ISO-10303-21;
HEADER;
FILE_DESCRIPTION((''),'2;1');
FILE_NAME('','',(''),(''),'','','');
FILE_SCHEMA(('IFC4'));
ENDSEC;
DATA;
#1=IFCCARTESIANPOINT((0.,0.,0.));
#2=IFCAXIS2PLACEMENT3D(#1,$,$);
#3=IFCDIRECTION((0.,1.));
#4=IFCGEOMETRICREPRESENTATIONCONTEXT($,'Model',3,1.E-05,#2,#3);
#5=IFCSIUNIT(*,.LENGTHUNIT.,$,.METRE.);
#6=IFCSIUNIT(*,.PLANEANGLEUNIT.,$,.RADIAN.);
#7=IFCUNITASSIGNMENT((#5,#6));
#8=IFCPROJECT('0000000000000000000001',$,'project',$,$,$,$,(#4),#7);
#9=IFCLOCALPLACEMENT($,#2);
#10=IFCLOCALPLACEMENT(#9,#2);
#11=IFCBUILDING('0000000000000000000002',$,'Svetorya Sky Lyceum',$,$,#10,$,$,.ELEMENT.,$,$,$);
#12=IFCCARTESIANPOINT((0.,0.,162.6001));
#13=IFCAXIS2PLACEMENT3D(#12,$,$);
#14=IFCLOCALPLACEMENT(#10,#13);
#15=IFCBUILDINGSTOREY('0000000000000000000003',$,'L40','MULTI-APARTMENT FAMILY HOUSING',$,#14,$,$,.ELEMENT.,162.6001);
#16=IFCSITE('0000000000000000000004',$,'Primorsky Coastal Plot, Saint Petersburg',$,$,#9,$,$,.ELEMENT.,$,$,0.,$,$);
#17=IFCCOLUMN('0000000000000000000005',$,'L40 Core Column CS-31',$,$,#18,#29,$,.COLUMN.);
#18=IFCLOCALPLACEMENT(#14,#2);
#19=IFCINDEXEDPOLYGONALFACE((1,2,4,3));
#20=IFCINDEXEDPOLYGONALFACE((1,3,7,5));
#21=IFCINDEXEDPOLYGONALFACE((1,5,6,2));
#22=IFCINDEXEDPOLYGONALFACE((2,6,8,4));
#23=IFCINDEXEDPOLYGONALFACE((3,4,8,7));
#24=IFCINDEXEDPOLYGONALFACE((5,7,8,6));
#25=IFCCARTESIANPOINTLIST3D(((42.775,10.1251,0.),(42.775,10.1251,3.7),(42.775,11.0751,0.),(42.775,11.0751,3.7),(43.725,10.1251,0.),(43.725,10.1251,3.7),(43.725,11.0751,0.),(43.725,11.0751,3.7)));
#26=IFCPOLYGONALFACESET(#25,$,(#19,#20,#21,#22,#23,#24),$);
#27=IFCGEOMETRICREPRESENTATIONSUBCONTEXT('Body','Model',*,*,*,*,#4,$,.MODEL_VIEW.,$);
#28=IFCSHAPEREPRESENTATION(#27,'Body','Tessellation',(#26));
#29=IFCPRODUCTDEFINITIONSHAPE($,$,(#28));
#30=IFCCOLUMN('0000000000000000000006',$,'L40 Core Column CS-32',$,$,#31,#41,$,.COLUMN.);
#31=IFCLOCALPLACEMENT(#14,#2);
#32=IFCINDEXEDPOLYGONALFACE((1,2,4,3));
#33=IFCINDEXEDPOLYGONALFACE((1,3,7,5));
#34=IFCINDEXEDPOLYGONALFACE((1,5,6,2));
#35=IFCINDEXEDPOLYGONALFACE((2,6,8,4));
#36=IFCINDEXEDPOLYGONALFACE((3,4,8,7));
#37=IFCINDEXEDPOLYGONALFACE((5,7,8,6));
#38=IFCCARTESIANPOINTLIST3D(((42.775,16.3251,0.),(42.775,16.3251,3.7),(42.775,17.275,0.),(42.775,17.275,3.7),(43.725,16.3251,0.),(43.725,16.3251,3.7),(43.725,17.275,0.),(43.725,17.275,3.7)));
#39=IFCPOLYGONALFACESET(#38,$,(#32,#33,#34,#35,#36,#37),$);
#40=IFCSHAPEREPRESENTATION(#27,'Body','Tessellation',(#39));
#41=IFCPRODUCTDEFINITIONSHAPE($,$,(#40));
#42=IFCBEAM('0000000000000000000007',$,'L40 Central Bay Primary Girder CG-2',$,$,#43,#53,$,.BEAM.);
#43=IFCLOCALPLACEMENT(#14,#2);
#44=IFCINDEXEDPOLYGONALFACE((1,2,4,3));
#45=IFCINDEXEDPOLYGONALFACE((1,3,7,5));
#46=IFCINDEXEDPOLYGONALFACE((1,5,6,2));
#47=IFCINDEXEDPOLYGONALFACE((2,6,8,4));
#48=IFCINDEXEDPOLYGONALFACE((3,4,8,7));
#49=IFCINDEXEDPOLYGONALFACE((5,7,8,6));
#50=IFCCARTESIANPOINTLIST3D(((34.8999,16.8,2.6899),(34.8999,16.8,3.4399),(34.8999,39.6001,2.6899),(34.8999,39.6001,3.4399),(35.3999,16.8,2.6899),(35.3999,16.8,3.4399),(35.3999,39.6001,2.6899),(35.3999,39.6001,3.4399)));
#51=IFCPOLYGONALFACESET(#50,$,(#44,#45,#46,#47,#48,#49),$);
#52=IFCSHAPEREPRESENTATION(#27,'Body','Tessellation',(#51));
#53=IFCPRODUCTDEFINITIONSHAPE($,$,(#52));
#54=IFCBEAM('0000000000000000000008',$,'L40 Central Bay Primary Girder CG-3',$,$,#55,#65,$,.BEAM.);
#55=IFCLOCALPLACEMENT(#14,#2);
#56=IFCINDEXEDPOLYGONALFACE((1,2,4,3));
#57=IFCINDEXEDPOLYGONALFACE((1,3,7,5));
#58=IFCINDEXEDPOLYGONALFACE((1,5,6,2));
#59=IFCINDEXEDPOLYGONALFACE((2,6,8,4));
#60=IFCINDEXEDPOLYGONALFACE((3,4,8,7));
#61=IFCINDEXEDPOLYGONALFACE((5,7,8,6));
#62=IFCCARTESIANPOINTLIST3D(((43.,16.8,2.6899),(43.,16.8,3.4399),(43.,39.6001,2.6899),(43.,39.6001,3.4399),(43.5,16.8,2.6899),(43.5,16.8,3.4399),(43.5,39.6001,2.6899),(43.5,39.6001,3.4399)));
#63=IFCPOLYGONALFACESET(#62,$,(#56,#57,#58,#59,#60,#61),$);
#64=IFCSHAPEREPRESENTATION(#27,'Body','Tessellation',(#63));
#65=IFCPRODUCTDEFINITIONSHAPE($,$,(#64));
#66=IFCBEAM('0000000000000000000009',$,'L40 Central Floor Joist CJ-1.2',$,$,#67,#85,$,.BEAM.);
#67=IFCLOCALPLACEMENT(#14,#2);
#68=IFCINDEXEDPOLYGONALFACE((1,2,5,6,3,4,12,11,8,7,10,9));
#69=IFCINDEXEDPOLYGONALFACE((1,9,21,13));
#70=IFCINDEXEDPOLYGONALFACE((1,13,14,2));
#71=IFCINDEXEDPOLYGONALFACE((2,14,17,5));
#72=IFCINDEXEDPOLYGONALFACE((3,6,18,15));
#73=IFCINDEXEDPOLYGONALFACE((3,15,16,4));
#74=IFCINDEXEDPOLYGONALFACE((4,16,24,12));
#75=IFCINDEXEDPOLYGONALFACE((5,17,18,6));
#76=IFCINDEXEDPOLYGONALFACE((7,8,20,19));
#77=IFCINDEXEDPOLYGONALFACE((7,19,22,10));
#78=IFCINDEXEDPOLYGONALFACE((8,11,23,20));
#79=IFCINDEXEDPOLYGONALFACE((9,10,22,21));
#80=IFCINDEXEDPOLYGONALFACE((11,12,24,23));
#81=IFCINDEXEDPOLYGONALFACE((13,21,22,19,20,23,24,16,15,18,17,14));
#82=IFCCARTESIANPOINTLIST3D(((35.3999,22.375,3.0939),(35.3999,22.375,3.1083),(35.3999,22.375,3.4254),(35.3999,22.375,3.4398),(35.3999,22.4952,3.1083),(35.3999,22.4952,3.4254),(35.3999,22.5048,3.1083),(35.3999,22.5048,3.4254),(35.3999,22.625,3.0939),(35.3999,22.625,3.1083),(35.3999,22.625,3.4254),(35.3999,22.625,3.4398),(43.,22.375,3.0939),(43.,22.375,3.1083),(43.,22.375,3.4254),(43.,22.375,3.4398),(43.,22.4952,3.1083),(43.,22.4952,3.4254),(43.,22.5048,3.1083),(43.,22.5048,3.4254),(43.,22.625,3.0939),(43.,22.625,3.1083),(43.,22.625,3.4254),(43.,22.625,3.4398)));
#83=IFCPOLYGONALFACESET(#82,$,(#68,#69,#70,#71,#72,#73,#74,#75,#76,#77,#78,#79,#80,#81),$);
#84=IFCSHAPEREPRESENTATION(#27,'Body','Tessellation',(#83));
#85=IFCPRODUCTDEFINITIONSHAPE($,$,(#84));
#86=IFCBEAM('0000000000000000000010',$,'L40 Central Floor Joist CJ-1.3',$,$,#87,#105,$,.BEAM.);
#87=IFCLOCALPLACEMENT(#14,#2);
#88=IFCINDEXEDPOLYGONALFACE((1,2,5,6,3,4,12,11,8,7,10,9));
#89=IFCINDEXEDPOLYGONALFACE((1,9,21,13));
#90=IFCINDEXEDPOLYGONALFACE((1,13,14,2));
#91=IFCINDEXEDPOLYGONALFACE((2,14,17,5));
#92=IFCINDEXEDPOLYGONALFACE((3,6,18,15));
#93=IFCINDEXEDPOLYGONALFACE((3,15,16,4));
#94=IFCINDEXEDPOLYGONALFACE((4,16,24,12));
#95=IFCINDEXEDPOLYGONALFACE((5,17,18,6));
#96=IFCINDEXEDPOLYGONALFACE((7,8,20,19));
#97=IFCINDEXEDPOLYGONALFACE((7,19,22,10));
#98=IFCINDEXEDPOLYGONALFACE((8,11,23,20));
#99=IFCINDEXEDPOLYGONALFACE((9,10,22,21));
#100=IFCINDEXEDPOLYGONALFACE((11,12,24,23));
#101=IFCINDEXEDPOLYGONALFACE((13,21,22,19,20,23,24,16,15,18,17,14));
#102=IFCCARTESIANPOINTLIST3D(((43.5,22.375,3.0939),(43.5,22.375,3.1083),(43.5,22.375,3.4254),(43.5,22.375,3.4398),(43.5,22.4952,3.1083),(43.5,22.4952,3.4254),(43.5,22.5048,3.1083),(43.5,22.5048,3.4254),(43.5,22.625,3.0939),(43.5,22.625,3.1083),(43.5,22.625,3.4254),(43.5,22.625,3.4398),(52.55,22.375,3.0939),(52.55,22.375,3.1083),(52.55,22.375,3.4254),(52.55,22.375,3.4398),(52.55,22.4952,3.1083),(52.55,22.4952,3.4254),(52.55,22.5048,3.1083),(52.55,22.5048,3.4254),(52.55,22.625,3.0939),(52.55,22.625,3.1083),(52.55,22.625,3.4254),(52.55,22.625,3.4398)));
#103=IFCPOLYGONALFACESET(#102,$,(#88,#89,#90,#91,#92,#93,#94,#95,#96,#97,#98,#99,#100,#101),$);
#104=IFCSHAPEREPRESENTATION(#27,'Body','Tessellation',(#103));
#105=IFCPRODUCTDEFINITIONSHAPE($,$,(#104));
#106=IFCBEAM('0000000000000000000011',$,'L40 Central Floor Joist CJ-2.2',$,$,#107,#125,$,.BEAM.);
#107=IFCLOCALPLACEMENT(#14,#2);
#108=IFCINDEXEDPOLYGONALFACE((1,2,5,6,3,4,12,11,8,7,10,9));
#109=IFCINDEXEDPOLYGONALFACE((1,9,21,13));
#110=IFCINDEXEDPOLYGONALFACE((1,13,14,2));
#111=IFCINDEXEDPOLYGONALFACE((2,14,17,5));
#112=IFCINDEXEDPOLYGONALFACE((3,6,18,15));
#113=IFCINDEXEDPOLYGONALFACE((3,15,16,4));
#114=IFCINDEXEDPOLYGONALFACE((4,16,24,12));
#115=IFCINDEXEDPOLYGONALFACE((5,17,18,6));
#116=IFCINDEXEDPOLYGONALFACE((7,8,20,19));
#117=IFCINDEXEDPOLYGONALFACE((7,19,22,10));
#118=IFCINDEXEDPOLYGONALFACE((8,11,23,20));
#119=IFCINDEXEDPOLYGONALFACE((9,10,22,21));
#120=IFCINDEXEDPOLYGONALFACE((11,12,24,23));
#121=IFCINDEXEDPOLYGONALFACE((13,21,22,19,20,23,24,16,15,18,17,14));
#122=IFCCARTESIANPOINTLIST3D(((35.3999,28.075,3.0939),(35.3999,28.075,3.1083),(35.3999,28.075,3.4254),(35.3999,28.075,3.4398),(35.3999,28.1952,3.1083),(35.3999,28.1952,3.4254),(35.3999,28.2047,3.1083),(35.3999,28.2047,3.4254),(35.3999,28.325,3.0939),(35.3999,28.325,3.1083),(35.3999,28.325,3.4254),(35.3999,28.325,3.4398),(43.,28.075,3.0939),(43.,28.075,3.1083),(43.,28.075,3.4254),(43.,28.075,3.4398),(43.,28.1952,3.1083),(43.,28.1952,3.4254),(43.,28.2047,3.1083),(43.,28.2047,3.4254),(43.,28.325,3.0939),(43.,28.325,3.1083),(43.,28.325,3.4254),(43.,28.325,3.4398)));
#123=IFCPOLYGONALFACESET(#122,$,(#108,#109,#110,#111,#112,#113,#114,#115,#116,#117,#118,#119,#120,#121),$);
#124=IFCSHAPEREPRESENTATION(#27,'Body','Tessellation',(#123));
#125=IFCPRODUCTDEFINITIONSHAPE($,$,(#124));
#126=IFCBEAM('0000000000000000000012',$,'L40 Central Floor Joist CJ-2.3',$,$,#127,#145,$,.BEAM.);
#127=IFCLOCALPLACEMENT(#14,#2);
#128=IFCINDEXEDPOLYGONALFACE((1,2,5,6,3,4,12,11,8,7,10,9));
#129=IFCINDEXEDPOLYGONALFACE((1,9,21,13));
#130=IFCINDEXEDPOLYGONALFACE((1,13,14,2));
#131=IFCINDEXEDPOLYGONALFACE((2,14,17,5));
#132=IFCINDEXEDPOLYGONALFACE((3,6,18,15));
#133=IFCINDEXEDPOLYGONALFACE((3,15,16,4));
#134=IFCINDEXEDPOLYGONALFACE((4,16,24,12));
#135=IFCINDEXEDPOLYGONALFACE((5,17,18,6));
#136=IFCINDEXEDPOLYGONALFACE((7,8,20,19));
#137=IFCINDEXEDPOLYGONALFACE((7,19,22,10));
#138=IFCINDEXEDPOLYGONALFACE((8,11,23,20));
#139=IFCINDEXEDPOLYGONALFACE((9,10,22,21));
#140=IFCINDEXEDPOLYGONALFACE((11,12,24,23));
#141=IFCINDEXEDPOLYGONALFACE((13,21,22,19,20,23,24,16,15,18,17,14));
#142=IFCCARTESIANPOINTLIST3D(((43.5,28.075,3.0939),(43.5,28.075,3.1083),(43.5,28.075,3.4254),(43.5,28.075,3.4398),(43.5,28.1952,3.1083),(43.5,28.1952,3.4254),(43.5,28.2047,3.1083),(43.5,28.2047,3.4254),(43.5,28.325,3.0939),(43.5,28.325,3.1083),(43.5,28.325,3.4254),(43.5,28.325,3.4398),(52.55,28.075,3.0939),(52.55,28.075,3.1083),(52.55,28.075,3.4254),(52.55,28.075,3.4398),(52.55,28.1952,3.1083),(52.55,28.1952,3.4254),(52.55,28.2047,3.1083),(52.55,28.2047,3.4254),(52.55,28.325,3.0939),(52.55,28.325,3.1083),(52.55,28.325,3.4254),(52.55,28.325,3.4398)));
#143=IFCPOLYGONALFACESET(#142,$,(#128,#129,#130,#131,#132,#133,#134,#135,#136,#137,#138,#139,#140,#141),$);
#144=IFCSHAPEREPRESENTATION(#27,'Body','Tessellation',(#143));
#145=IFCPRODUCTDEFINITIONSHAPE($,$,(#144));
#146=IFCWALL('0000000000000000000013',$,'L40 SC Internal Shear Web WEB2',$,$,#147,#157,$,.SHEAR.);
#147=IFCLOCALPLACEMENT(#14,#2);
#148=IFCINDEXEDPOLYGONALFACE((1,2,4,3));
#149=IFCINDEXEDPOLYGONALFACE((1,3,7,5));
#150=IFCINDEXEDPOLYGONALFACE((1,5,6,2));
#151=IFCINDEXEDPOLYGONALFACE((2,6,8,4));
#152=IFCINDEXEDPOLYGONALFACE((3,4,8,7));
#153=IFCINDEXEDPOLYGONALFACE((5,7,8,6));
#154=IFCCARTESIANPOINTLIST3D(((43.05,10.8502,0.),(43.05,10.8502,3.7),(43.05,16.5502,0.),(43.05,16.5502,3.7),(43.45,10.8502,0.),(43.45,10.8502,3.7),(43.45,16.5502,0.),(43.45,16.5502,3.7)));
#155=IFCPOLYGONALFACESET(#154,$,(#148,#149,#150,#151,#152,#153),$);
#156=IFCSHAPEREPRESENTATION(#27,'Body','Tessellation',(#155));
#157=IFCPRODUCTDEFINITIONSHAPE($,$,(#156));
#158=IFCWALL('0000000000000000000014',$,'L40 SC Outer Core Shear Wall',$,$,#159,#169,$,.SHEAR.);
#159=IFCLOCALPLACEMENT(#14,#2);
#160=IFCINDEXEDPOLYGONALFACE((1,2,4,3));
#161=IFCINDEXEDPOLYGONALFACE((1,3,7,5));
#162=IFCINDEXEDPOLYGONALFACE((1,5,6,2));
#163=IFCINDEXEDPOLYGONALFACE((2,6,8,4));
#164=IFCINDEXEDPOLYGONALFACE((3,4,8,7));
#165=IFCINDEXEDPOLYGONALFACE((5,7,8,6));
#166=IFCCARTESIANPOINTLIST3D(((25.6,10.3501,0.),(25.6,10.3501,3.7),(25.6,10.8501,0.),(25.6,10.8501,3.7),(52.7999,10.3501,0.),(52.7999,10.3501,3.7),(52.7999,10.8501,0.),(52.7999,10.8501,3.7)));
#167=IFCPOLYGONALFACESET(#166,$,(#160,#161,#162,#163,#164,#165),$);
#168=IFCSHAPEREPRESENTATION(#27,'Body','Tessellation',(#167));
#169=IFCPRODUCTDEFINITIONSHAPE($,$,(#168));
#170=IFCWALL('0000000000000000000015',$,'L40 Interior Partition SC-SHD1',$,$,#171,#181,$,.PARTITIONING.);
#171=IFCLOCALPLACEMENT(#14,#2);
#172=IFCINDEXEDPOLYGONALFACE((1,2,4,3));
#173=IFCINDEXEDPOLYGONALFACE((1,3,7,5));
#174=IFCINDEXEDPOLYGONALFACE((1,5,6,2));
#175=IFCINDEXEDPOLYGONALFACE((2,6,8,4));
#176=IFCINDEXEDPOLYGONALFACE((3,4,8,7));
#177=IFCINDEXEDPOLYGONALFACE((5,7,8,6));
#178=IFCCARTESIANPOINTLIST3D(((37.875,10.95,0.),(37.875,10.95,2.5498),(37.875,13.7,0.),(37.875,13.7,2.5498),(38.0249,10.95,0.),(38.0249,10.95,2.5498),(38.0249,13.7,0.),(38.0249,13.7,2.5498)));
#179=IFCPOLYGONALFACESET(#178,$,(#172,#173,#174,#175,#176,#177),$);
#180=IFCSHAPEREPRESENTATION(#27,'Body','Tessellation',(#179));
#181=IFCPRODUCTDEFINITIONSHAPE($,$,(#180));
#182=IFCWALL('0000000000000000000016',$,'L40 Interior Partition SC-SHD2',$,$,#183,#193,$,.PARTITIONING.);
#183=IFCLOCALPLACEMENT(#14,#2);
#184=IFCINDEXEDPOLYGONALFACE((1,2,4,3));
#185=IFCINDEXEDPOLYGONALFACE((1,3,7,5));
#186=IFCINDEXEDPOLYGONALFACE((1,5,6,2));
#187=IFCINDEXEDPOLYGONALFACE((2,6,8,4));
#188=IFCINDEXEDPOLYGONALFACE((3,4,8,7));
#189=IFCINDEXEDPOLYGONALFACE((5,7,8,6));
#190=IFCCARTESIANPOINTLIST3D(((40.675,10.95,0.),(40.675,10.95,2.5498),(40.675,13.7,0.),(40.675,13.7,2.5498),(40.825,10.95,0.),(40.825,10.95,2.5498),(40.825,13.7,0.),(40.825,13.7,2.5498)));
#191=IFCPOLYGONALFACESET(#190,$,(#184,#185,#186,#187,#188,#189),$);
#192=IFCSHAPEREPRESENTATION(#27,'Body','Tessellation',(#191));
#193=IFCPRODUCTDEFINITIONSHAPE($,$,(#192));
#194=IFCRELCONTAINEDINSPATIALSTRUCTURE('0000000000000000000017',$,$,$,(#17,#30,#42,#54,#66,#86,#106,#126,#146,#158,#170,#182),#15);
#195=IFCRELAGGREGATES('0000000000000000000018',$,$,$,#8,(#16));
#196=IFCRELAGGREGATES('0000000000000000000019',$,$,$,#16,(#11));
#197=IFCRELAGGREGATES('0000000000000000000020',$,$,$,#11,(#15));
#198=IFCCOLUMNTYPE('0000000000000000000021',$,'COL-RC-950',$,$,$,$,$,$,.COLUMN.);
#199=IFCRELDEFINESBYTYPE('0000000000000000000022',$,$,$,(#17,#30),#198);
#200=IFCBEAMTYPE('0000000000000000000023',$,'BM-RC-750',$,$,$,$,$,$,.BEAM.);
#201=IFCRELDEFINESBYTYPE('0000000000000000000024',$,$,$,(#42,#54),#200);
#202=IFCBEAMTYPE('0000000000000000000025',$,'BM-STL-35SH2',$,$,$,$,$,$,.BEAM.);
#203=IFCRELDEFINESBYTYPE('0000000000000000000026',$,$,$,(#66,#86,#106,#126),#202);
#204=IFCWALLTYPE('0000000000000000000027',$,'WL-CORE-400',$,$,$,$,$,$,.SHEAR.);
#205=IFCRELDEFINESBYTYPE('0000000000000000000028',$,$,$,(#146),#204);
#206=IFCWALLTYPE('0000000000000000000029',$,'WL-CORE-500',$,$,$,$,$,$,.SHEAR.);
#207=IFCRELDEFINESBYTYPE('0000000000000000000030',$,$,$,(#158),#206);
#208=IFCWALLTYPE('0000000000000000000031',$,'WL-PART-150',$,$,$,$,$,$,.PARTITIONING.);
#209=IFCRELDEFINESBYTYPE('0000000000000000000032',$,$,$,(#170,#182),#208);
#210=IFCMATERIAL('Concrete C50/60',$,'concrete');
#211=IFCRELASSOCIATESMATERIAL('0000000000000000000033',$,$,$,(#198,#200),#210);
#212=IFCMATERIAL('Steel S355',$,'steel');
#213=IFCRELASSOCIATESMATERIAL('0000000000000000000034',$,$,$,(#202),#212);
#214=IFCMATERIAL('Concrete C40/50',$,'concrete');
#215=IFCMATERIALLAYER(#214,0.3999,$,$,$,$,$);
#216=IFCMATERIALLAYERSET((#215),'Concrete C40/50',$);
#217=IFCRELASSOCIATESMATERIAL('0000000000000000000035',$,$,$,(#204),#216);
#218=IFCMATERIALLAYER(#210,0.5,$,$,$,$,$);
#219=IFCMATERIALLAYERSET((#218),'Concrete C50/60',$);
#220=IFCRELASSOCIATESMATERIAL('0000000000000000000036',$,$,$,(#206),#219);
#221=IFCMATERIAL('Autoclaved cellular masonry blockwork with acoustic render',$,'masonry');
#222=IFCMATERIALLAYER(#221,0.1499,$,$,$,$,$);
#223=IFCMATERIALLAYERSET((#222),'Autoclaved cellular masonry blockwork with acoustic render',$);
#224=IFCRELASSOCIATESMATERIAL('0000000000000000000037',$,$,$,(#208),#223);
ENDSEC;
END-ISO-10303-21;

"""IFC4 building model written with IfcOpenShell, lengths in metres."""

from ifc_helpers import new_model, si_unit, direction, frame, frame_2d, origin, origin_2d, place, context, subcontext, project, spatial, rectangle, i_section, extrude, material, layer, layer_set, material_profile, profile_set, type_object, element, save


model = new_model("IFC4")

# Units and contexts
model_context = context("Model", 3, precision=1e-05, world=origin(), true_north=direction((0.0, 1.0)))
body_context = subcontext(model_context, "Body", "Model", "MODEL_VIEW")
ifc_project = project(units=[si_unit("LENGTHUNIT", "METRE"), si_unit("PLANEANGLEUNIT", "RADIAN")], contexts=[model_context])

# Site, building, storey
site_placement = place(None, origin())
site = spatial("IfcSite", under=ifc_project, at=site_placement, Name="Primorsky Coastal Plot, Saint Petersburg", CompositionType="ELEMENT", RefElevation=0.0)
building_placement = place(site_placement, origin())
building = spatial("IfcBuilding", under=site, at=building_placement, Name="Svetorya Sky Lyceum", CompositionType="ELEMENT")
storey_placement = place(building_placement, frame((0.0, 0.0, 162.6001)))
storey = spatial("IfcBuildingStorey", under=building, at=storey_placement, Name="L40", Description="MULTI-APARTMENT FAMILY HOUSING", CompositionType="ELEMENT", Elevation=162.6001)

# Columns
ifc_material_1 = material(Name="Concrete C50/60", Category="concrete")
ifc_material_profile_1 = material_profile(ifc_material_1, rectangle(XDim=0.95, YDim=0.95, at=origin_2d()), Name="RC COL 950x950")
ifc_profile_set_1 = profile_set([ifc_material_profile_1], Name="Concrete C50/60")
column_type = type_object("IfcColumnType", Name="COL-RC-950", PredefinedType="COLUMN", material=ifc_profile_set_1)
for number, where, z_axis, x_axis, name in (
    (1, (43.25, 10.6001, 0.0), (0.0, 0.0, 1.0), (1.0, 0.0, 0.0), "L40 Core Column CS-31"),
    (2, (43.25, 16.8, 0.0), (0.0, 0.0, 1.0), (1.0, 0.0, 0.0), "L40 Core Column CS-32"),
):
    element("IfcColumn", number, at=place(storey_placement, frame(where, z_axis=z_axis, x_axis=x_axis)), inside=storey, type_object=column_type, Name=name, PredefinedType="COLUMN", context=body_context, shape_type="SweptSolid", body=[
        extrude(rectangle(XDim=0.95, YDim=0.95, at=origin_2d()), origin(), (0.0, 0.0, 1.0), 3.7),
    ])

# Beams
ifc_material_profile_2 = material_profile(ifc_material_1, rectangle(XDim=0.5, YDim=0.75, at=origin_2d()), Name="RC BEAM 500x750")
ifc_profile_set_2 = profile_set([ifc_material_profile_2], Name="Concrete C50/60")
beam_type_1 = type_object("IfcBeamType", Name="BM-RC-750", PredefinedType="BEAM", material=ifc_profile_set_2)
for number, where, z_axis, x_axis, name in (
    (3, (35.1499, 16.8, 3.0649), (0.0, 1.0, 0.0), (-1.0, 0.0, 0.0), "L40 Central Bay Primary Girder CG-2"),
    (4, (43.25, 16.8, 3.0649), (0.0, 1.0, 0.0), (-1.0, 0.0, 0.0), "L40 Central Bay Primary Girder CG-3"),
):
    element("IfcBeam", number, at=place(storey_placement, frame(where, z_axis=z_axis, x_axis=x_axis)), inside=storey, type_object=beam_type_1, Name=name, PredefinedType="BEAM", context=body_context, shape_type="SweptSolid", body=[
        extrude(rectangle(XDim=0.5, YDim=0.75, at=origin_2d()), origin(), (0.0, 0.0, 1.0), 22.8),
    ])
ifc_material_2 = material(Name="Steel S355", Category="steel")
ifc_material_profile_3 = material_profile(ifc_material_2, i_section(OverallWidth=0.25, OverallDepth=0.3459, WebThickness=0.0095, FlangeThickness=0.0144, at=origin_2d()), Name="GOST 35Sh2")
ifc_profile_set_3 = profile_set([ifc_material_profile_3], Name="Steel S355")
beam_type_2 = type_object("IfcBeamType", Name="BM-STL-35SH2", PredefinedType="BEAM", material=ifc_profile_set_3)
beam_1_placement = place(storey_placement, frame((35.3999, 22.5, 3.2668), z_axis=(1.0, 0.0, 0.0), x_axis=(0.0, 1.0, 0.0)))
element("IfcBeam", 5, at=beam_1_placement, inside=storey, type_object=beam_type_2, Name="L40 Central Floor Joist CJ-1.2", PredefinedType="BEAM", context=body_context, shape_type="SweptSolid", body=[
    extrude(i_section(OverallWidth=0.25, OverallDepth=0.3459, WebThickness=0.0095, FlangeThickness=0.0144, at=origin_2d()), origin(), (0.0, 0.0, 1.0), 7.6001),
])
beam_2_placement = place(storey_placement, frame((43.5, 22.5, 3.2668), z_axis=(1.0, 0.0, 0.0), x_axis=(0.0, 1.0, 0.0)))
element("IfcBeam", 6, at=beam_2_placement, inside=storey, type_object=beam_type_2, Name="L40 Central Floor Joist CJ-1.3", PredefinedType="BEAM", context=body_context, shape_type="SweptSolid", body=[
    extrude(i_section(OverallWidth=0.25, OverallDepth=0.3459, WebThickness=0.0095, FlangeThickness=0.0144, at=origin_2d()), origin(), (0.0, 0.0, 1.0), 9.05),
])
beam_3_placement = place(storey_placement, frame((35.3999, 28.2, 3.2668), z_axis=(1.0, 0.0, 0.0), x_axis=(0.0, 1.0, 0.0)))
element("IfcBeam", 7, at=beam_3_placement, inside=storey, type_object=beam_type_2, Name="L40 Central Floor Joist CJ-2.2", PredefinedType="BEAM", context=body_context, shape_type="SweptSolid", body=[
    extrude(i_section(OverallWidth=0.25, OverallDepth=0.3459, WebThickness=0.0095, FlangeThickness=0.0144, at=origin_2d()), origin(), (0.0, 0.0, 1.0), 7.6001),
])
beam_4_placement = place(storey_placement, frame((43.5, 28.2, 3.2668), z_axis=(1.0, 0.0, 0.0), x_axis=(0.0, 1.0, 0.0)))
element("IfcBeam", 8, at=beam_4_placement, inside=storey, type_object=beam_type_2, Name="L40 Central Floor Joist CJ-2.3", PredefinedType="BEAM", context=body_context, shape_type="SweptSolid", body=[
    extrude(i_section(OverallWidth=0.25, OverallDepth=0.3459, WebThickness=0.0095, FlangeThickness=0.0144, at=origin_2d()), origin(), (0.0, 0.0, 1.0), 9.05),
])

# Walls
ifc_material_3 = material(Name="Concrete C40/50", Category="concrete")
ifc_layer_1 = layer(ifc_material_3, 0.3999)
ifc_layer_set_1 = layer_set([ifc_layer_1], Name="Concrete C40/50")
wall_type_1 = type_object("IfcWallType", Name="WL-CORE-400", PredefinedType="SHEAR", material=ifc_layer_set_1)
wall_1_placement = place(storey_placement, frame((43.25, 10.8501, 0.0), z_axis=(0.0, 0.0, 1.0), x_axis=(0.0, 1.0, 0.0)))
element("IfcWall", 9, at=wall_1_placement, inside=storey, type_object=wall_type_1, Name="L40 SC Internal Shear Web WEB2", PredefinedType="SHEAR", context=body_context, shape_type="SweptSolid", body=[
    extrude(rectangle(XDim=5.7, YDim=0.3999, at=frame_2d((2.8501, 0.0))), origin(), (0.0, 0.0, 1.0), 3.7),
])
ifc_layer_2 = layer(ifc_material_1, 0.5)
ifc_layer_set_2 = layer_set([ifc_layer_2], Name="Concrete C50/60")
wall_type_2 = type_object("IfcWallType", Name="WL-CORE-500", PredefinedType="SHEAR", material=ifc_layer_set_2)
wall_2_placement = place(storey_placement, frame((52.8, 10.6001, 0.0), z_axis=(0.0, 0.0, 1.0), x_axis=(-1.0, 0.0, 0.0)))
element("IfcWall", 10, at=wall_2_placement, inside=storey, type_object=wall_type_2, Name="L40 SC Outer Core Shear Wall", PredefinedType="SHEAR", context=body_context, shape_type="SweptSolid", body=[
    extrude(rectangle(XDim=27.2, YDim=0.5, at=frame_2d((13.6001, 0.0))), origin(), (0.0, 0.0, 1.0), 3.7),
])
ifc_material_4 = material(Name="Autoclaved cellular masonry blockwork with acoustic render", Category="masonry")
ifc_layer_3 = layer(ifc_material_4, 0.1499)
ifc_layer_set_3 = layer_set([ifc_layer_3], Name="Autoclaved cellular masonry blockwork with acoustic render")
wall_type_3 = type_object("IfcWallType", Name="WL-PART-150", PredefinedType="PARTITIONING", material=ifc_layer_set_3)
for number, where, z_axis, x_axis, name in (
    (11, (37.95, 10.95, 0.0), (0.0, 0.0, 1.0), (0.0, 1.0, 0.0), "L40 Interior Partition SC-SHD1"),
    (12, (40.75, 10.95, 0.0), (0.0, 0.0, 1.0), (0.0, 1.0, 0.0), "L40 Interior Partition SC-SHD2"),
):
    element("IfcWall", number, at=place(storey_placement, frame(where, z_axis=z_axis, x_axis=x_axis)), inside=storey, type_object=wall_type_3, Name=name, PredefinedType="PARTITIONING", context=body_context, shape_type="SweptSolid", body=[
        extrude(rectangle(XDim=2.75, YDim=0.1499, at=frame_2d((1.375, 0.0))), origin(), (0.0, 0.0, 1.0), 2.5498),
    ])

save(model, "model.ifc")
